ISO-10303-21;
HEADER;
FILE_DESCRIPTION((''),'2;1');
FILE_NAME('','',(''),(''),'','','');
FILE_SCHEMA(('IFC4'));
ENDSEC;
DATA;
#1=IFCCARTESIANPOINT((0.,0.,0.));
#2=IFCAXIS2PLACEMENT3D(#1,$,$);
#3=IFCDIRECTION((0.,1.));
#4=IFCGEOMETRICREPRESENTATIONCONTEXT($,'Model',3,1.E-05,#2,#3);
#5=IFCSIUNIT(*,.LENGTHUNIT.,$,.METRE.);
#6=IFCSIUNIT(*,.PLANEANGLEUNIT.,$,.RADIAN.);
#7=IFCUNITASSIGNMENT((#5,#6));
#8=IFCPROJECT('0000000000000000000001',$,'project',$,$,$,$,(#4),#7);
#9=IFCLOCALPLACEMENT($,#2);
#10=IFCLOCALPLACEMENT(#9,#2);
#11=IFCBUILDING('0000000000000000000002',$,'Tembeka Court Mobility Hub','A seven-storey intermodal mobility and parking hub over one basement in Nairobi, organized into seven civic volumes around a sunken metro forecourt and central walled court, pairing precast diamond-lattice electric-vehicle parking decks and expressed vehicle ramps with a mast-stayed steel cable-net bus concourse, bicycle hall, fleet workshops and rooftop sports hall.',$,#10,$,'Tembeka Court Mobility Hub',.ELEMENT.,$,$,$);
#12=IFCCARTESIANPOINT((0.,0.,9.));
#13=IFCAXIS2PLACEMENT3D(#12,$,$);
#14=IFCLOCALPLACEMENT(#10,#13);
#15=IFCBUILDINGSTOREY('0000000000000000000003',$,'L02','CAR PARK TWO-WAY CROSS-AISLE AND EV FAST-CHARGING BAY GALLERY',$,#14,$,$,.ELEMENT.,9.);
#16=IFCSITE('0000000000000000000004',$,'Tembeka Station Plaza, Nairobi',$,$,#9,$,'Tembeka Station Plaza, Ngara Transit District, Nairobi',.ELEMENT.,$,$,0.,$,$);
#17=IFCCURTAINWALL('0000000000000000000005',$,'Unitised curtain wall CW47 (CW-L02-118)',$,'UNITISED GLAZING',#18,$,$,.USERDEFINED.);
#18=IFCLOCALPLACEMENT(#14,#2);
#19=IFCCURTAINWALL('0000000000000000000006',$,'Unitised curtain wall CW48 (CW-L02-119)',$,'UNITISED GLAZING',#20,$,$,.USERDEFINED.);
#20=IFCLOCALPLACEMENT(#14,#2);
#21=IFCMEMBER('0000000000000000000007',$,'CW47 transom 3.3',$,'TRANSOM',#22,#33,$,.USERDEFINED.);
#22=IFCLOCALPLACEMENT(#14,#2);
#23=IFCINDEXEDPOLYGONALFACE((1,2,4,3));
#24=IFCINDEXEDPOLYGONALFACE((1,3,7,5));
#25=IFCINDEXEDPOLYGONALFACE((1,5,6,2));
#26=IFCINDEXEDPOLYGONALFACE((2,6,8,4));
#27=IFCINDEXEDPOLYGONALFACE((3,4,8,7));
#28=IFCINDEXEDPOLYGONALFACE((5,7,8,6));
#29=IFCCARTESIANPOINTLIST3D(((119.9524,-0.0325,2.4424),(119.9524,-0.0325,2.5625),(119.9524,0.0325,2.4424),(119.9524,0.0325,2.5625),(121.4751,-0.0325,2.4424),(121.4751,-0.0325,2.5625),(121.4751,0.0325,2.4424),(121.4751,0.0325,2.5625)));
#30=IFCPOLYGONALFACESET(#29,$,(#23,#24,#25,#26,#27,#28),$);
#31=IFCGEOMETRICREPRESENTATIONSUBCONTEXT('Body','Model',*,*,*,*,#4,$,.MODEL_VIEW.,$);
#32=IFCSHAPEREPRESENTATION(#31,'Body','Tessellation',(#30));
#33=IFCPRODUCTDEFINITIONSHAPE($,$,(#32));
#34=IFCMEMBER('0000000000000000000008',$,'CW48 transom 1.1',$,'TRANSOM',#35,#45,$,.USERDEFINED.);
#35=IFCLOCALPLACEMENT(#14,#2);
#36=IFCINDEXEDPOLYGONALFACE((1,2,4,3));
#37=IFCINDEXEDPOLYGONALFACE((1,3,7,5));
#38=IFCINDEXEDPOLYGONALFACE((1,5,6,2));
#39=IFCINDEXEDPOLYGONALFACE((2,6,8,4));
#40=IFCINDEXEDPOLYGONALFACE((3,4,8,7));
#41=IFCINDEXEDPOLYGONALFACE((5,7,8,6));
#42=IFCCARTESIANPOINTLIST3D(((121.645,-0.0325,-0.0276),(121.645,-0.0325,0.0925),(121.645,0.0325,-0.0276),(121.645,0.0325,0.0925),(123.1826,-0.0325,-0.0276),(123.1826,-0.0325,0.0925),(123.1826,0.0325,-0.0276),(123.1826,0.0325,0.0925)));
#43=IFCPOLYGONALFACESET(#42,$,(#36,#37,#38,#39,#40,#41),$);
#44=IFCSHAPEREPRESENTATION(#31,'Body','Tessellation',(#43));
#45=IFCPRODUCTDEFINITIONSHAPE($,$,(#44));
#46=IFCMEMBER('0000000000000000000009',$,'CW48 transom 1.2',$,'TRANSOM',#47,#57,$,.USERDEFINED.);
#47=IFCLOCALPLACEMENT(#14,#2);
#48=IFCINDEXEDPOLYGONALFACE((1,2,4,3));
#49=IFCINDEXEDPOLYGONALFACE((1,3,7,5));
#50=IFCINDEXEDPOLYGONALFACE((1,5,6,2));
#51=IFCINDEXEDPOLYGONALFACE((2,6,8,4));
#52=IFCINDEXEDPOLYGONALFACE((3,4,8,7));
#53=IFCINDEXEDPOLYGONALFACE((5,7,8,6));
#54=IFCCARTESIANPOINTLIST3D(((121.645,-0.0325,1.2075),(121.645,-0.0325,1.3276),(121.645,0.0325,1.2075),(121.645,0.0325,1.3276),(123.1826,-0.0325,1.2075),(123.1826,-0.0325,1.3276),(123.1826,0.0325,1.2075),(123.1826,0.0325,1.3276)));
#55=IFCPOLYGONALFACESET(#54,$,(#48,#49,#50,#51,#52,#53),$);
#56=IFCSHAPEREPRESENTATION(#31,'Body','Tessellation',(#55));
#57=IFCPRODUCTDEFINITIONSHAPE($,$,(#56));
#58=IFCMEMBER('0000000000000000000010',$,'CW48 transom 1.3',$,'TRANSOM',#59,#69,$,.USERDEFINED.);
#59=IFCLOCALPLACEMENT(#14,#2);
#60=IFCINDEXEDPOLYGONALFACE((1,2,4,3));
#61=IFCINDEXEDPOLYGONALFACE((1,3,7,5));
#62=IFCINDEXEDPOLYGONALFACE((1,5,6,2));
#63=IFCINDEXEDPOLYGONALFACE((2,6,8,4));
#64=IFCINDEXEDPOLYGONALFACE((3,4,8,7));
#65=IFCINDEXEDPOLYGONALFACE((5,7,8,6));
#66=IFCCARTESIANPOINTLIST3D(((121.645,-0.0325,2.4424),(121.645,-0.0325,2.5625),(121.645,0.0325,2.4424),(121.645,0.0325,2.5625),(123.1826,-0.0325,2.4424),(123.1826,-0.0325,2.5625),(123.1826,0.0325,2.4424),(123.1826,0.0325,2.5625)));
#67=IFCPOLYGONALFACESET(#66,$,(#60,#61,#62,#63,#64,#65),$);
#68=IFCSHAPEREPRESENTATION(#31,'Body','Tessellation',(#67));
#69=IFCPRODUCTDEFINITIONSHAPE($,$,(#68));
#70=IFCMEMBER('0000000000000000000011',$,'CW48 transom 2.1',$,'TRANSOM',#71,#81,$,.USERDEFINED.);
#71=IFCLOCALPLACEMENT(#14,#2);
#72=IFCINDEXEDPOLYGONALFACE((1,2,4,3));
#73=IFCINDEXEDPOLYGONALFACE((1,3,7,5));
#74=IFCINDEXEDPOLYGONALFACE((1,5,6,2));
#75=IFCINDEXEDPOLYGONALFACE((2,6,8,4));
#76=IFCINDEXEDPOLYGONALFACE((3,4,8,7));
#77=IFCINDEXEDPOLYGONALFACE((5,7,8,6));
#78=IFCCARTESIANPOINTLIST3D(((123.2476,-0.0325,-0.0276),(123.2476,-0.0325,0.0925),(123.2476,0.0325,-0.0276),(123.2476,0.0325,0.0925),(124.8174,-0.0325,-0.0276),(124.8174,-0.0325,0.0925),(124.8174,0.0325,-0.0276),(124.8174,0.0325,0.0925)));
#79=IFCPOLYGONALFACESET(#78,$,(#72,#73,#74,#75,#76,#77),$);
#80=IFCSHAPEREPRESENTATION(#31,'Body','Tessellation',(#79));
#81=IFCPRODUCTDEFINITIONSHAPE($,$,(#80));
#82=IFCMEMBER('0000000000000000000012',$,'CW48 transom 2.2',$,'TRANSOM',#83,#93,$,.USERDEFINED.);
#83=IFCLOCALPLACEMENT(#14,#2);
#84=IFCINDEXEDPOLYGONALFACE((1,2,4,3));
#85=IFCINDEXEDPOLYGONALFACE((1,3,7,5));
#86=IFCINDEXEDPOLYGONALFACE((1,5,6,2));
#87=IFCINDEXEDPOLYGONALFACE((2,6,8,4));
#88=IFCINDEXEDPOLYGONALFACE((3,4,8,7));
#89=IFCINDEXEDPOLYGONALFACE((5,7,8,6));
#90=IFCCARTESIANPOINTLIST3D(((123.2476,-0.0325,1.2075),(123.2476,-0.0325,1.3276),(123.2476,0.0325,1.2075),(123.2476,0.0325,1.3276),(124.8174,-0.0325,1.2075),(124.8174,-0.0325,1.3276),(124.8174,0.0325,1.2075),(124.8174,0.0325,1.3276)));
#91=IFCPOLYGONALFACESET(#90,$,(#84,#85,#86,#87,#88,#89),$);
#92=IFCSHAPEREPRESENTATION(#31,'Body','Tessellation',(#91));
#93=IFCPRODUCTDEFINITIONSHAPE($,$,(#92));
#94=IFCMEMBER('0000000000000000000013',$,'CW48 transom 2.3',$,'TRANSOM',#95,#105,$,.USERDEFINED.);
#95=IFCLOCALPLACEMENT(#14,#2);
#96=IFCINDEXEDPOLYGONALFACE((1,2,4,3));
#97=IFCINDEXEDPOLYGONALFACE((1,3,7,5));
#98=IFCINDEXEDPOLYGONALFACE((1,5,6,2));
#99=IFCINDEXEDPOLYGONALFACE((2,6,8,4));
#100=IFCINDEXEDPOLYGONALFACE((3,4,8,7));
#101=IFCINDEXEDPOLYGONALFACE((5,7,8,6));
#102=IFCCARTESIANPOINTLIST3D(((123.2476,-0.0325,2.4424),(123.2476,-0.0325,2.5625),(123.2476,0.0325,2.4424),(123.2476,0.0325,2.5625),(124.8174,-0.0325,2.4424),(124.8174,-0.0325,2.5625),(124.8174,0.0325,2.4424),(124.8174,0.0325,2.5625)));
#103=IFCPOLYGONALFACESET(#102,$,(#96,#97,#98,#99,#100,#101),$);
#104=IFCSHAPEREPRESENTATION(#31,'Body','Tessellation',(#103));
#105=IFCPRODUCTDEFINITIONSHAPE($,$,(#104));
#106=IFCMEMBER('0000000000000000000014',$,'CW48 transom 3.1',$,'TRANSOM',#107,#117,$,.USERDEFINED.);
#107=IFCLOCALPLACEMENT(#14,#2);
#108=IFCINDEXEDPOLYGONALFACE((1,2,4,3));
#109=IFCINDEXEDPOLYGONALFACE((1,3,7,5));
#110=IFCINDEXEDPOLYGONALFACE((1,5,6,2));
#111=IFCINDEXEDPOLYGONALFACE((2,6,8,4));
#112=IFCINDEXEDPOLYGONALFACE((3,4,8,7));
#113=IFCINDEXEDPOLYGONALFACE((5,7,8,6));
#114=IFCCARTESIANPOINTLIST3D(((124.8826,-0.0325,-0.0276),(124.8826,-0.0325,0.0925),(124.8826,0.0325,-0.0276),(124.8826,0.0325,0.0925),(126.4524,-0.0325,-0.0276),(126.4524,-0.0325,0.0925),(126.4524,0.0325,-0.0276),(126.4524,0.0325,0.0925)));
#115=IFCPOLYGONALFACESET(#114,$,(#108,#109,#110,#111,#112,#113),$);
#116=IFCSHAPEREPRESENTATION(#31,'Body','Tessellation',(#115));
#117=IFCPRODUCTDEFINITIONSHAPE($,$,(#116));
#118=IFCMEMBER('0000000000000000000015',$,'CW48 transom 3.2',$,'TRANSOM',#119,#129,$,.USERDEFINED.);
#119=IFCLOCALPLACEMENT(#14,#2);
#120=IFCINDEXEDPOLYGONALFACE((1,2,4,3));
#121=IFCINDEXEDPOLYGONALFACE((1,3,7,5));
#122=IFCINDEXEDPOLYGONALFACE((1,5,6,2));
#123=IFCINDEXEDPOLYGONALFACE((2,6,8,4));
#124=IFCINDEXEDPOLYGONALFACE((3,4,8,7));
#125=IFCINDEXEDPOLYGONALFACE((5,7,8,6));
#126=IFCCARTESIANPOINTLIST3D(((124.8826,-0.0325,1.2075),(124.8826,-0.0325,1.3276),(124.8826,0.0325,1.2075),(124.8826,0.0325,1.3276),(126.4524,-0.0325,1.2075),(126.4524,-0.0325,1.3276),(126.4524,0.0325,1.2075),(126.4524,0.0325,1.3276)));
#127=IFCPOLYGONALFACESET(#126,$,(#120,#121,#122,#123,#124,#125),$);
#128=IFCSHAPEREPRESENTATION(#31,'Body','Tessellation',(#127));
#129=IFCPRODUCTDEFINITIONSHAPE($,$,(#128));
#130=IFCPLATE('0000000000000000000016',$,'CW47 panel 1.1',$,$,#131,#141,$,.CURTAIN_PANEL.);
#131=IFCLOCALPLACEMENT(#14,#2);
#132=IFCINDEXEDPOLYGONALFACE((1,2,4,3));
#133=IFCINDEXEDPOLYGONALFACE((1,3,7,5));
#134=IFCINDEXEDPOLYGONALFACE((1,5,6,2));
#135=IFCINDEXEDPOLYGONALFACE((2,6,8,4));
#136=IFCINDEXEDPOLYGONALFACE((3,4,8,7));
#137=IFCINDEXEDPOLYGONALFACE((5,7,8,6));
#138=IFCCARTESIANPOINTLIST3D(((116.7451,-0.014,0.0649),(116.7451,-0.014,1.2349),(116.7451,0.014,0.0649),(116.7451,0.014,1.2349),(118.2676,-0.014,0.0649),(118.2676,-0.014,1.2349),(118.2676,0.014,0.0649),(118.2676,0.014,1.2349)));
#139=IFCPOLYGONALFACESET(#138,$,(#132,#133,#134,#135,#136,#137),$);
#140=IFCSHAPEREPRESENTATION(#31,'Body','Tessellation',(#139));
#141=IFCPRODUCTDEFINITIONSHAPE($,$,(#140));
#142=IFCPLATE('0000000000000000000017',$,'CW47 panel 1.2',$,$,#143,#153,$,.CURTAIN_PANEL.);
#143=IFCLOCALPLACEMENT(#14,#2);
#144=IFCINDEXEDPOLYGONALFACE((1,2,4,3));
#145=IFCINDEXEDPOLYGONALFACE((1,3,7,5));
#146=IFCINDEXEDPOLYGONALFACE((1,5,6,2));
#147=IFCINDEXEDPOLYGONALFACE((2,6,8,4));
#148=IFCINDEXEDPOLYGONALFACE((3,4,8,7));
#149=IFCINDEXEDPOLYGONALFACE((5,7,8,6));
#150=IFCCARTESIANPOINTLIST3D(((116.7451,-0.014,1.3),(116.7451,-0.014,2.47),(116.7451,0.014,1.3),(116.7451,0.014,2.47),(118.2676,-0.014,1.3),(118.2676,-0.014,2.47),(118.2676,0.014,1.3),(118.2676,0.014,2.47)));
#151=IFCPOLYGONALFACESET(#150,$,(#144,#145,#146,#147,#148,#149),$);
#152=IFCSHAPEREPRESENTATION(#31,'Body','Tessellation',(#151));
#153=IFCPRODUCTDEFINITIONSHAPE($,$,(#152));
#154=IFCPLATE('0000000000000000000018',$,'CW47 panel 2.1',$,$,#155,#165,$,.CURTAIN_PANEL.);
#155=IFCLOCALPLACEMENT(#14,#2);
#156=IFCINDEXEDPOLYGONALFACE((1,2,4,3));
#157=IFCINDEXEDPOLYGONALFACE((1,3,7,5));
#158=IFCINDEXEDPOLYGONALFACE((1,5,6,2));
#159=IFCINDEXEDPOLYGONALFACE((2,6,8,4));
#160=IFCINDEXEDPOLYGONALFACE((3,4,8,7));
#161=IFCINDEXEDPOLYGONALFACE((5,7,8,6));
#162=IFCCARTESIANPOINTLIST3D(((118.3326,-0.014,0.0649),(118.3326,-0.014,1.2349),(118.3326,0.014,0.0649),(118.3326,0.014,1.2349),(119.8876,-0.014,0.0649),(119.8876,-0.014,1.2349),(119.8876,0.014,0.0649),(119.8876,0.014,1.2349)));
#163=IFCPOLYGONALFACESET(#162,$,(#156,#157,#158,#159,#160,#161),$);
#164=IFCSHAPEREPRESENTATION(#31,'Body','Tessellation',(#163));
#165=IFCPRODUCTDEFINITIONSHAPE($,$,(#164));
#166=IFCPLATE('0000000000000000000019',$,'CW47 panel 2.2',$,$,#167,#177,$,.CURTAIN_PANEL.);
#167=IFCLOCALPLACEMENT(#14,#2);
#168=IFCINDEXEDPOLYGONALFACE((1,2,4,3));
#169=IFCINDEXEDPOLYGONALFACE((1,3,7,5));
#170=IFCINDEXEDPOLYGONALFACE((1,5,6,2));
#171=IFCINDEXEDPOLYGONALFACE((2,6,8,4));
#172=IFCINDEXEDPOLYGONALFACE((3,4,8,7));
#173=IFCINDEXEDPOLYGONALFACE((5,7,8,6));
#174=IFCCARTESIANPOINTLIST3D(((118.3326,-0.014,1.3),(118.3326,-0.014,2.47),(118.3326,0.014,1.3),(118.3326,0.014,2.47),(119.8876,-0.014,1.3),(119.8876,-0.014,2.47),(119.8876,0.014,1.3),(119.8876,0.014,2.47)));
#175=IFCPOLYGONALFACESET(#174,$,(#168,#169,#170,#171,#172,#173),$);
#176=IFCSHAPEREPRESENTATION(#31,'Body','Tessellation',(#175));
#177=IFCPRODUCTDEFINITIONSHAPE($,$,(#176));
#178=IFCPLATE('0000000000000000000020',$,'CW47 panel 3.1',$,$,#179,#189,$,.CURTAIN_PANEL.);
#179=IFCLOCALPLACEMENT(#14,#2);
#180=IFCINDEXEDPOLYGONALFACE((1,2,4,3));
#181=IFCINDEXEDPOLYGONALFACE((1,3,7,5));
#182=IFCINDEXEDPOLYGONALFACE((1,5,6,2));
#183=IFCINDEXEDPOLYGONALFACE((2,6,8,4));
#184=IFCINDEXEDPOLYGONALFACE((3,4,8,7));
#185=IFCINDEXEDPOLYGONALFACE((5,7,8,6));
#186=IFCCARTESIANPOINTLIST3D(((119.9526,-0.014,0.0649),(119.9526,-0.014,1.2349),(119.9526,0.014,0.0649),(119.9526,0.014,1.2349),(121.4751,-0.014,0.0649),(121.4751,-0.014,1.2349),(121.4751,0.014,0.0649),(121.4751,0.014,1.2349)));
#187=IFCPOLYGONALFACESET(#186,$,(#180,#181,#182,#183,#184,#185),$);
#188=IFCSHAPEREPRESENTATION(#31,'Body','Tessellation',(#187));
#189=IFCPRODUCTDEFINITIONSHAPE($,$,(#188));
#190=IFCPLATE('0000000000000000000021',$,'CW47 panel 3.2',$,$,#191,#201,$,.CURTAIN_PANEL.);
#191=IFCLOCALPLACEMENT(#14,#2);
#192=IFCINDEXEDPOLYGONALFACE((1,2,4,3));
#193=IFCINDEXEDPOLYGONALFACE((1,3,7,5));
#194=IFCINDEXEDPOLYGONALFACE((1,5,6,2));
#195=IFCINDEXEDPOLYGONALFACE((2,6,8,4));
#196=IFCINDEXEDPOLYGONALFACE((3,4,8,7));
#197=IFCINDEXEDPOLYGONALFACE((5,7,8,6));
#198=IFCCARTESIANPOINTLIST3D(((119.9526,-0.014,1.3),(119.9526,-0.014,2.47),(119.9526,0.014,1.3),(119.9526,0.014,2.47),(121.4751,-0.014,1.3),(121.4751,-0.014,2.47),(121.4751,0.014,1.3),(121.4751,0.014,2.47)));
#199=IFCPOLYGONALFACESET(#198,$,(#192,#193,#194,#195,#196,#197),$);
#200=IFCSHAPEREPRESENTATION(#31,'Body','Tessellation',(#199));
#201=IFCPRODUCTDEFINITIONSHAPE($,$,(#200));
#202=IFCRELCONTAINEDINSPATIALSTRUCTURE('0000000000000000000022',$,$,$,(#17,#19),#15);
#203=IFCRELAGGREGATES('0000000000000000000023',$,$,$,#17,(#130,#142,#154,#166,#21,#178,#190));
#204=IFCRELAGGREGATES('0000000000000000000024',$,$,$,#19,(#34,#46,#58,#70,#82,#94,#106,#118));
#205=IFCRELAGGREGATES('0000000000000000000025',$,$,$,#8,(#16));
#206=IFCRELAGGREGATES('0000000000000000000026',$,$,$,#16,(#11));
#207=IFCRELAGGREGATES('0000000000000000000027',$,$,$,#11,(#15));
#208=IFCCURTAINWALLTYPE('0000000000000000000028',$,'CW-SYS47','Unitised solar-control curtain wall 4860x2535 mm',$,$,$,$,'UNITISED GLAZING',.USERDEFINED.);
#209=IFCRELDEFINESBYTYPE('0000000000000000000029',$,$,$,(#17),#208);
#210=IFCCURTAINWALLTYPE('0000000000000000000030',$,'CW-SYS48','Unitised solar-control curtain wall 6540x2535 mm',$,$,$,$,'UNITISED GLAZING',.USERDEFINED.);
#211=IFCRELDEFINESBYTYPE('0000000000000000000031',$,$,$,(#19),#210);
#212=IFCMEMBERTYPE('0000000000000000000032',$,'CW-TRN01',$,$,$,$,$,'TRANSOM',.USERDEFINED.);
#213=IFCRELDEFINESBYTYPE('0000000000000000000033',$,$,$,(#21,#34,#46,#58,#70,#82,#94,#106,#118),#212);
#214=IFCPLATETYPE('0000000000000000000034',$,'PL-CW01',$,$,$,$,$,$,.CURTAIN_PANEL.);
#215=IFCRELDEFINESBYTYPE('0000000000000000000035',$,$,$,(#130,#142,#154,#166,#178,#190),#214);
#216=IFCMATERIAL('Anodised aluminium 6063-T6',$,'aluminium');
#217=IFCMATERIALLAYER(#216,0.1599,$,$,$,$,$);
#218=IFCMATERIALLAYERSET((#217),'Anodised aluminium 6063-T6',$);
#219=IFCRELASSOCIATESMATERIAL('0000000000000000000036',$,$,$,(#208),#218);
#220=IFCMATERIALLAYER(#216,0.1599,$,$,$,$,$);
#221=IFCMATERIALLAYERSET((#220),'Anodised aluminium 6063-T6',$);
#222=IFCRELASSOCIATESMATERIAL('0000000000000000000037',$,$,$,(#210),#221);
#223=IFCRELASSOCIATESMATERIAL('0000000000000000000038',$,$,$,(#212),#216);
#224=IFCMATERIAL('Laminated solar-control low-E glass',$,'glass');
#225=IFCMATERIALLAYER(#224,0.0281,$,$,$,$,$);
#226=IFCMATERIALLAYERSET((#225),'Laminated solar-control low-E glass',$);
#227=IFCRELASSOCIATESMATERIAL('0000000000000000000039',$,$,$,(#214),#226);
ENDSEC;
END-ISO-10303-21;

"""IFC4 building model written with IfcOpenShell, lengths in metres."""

from ifc_helpers import new_model, si_unit, direction, frame, origin, origin_2d, place, context, subcontext, project, spatial, rectangle, extrude, material, layer, layer_set, material_profile, profile_set, type_object, element, aggregate, save


model = new_model("IFC4")

# Units and contexts
model_context = context("Model", 3, precision=1e-05, world=origin(), true_north=direction((0.0, 1.0)))
body_context = subcontext(model_context, "Body", "Model", "MODEL_VIEW")
ifc_project = project(units=[si_unit("LENGTHUNIT", "METRE"), si_unit("PLANEANGLEUNIT", "RADIAN")], contexts=[model_context])

# Site, building, storey
site_placement = place(None, origin())
site = spatial("IfcSite", under=ifc_project, at=site_placement, Name="Tembeka Station Plaza, Nairobi", LongName="Tembeka Station Plaza, Ngara Transit District, Nairobi", CompositionType="ELEMENT", RefElevation=0.0)
building_placement = place(site_placement, origin())
building = spatial("IfcBuilding", under=site, at=building_placement, Name="Tembeka Court Mobility Hub", Description="A seven-storey intermodal mobility and parking hub over one basement in Nairobi, organized into seven civic volumes around a sunken metro forecourt and central walled court, pairing precast diamond-lattice electric-vehicle parking decks and expressed vehicle ramps with a mast-stayed steel cable-net bus concourse, bicycle hall, fleet workshops and rooftop sports hall.", LongName="Tembeka Court Mobility Hub", CompositionType="ELEMENT")
storey_placement = place(building_placement, frame((0.0, 0.0, 9.0)))
storey = spatial("IfcBuildingStorey", under=building, at=storey_placement, Name="L02", Description="CAR PARK TWO-WAY CROSS-AISLE AND EV FAST-CHARGING BAY GALLERY", CompositionType="ELEMENT", Elevation=9.0)

# Curtain walls
ifc_material_1 = material(Name="Anodised aluminium 6063-T6", Category="aluminium")
ifc_layer_1 = layer(ifc_material_1, 0.1599)
ifc_layer_set_1 = layer_set([ifc_layer_1], Name="Anodised aluminium 6063-T6")
curtain_wall_type_1 = type_object("IfcCurtainWallType", Name="CW-SYS47", Description="Unitised solar-control curtain wall 4860x2535 mm", ElementType="UNITISED GLAZING", PredefinedType="USERDEFINED", material=ifc_layer_set_1)
curtain_wall_1_placement = place(storey_placement, origin())
curtain_wall_1 = element("IfcCurtainWall", 1, at=curtain_wall_1_placement, inside=storey, type_object=curtain_wall_type_1, Name="Unitised curtain wall CW47 (CW-L02-118)", ObjectType="UNITISED GLAZING", PredefinedType="USERDEFINED")
ifc_layer_2 = layer(ifc_material_1, 0.1599)
ifc_layer_set_2 = layer_set([ifc_layer_2], Name="Anodised aluminium 6063-T6")
curtain_wall_type_2 = type_object("IfcCurtainWallType", Name="CW-SYS48", Description="Unitised solar-control curtain wall 6540x2535 mm", ElementType="UNITISED GLAZING", PredefinedType="USERDEFINED", material=ifc_layer_set_2)
curtain_wall_2_placement = place(storey_placement, origin())
curtain_wall_2 = element("IfcCurtainWall", 2, at=curtain_wall_2_placement, inside=storey, type_object=curtain_wall_type_2, Name="Unitised curtain wall CW48 (CW-L02-119)", ObjectType="UNITISED GLAZING", PredefinedType="USERDEFINED")

# Members
ifc_material_profile_1 = material_profile(ifc_material_1, rectangle(XDim=0.0649, YDim=0.1201, at=origin_2d()), Name="ALU-TRN 65x120")
ifc_profile_set_1 = profile_set([ifc_material_profile_1], Name="Anodised aluminium 6063-T6")
member_type_1 = type_object("IfcMemberType", Name="CW-TRN01", ElementType="TRANSOM", PredefinedType="USERDEFINED", material=ifc_profile_set_1)
member_1_placement = place(storey_placement, frame((119.9524, 0.0, 2.5024), z_axis=(1.0, 0.0, 0.0), x_axis=(0.0, 1.0, 0.0)))
member_1 = element("IfcMember", 3, at=member_1_placement, type_object=member_type_1, Name="CW47 transom 3.3", ObjectType="TRANSOM", PredefinedType="USERDEFINED", context=body_context, shape_type="SweptSolid", body=[
    extrude(rectangle(XDim=0.0649, YDim=0.1201, at=origin_2d()), origin(), (0.0, 0.0, 1.0), 1.5227),
])
member_2_placement = place(storey_placement, frame((121.645, 0.0, 0.0325), z_axis=(1.0, 0.0, 0.0), x_axis=(0.0, 1.0, 0.0)))
member_2 = element("IfcMember", 4, at=member_2_placement, type_object=member_type_1, Name="CW48 transom 1.1", ObjectType="TRANSOM", PredefinedType="USERDEFINED", context=body_context, shape_type="SweptSolid", body=[
    extrude(rectangle(XDim=0.0649, YDim=0.1201, at=origin_2d()), origin(), (0.0, 0.0, 1.0), 1.5376),
])
member_3_placement = place(storey_placement, frame((121.645, 0.0, 1.2676), z_axis=(1.0, 0.0, 0.0), x_axis=(0.0, 1.0, 0.0)))
member_3 = element("IfcMember", 5, at=member_3_placement, type_object=member_type_1, Name="CW48 transom 1.2", ObjectType="TRANSOM", PredefinedType="USERDEFINED", context=body_context, shape_type="SweptSolid", body=[
    extrude(rectangle(XDim=0.0649, YDim=0.1201, at=origin_2d()), origin(), (0.0, 0.0, 1.0), 1.5376),
])
member_4_placement = place(storey_placement, frame((121.645, 0.0, 2.5024), z_axis=(1.0, 0.0, 0.0), x_axis=(0.0, 1.0, 0.0)))
member_4 = element("IfcMember", 6, at=member_4_placement, type_object=member_type_1, Name="CW48 transom 1.3", ObjectType="TRANSOM", PredefinedType="USERDEFINED", context=body_context, shape_type="SweptSolid", body=[
    extrude(rectangle(XDim=0.0649, YDim=0.1201, at=origin_2d()), origin(), (0.0, 0.0, 1.0), 1.5376),
])
member_5_placement = place(storey_placement, frame((123.2476, 0.0, 0.0325), z_axis=(1.0, 0.0, 0.0), x_axis=(0.0, 1.0, 0.0)))
member_5 = element("IfcMember", 7, at=member_5_placement, type_object=member_type_1, Name="CW48 transom 2.1", ObjectType="TRANSOM", PredefinedType="USERDEFINED", context=body_context, shape_type="SweptSolid", body=[
    extrude(rectangle(XDim=0.0649, YDim=0.1201, at=origin_2d()), origin(), (0.0, 0.0, 1.0), 1.5698),
])
member_6_placement = place(storey_placement, frame((123.2476, 0.0, 1.2676), z_axis=(1.0, 0.0, 0.0), x_axis=(0.0, 1.0, 0.0)))
member_6 = element("IfcMember", 8, at=member_6_placement, type_object=member_type_1, Name="CW48 transom 2.2", ObjectType="TRANSOM", PredefinedType="USERDEFINED", context=body_context, shape_type="SweptSolid", body=[
    extrude(rectangle(XDim=0.0649, YDim=0.1201, at=origin_2d()), origin(), (0.0, 0.0, 1.0), 1.5698),
])
member_7_placement = place(storey_placement, frame((123.2476, 0.0, 2.5024), z_axis=(1.0, 0.0, 0.0), x_axis=(0.0, 1.0, 0.0)))
member_7 = element("IfcMember", 9, at=member_7_placement, type_object=member_type_1, Name="CW48 transom 2.3", ObjectType="TRANSOM", PredefinedType="USERDEFINED", context=body_context, shape_type="SweptSolid", body=[
    extrude(rectangle(XDim=0.0649, YDim=0.1201, at=origin_2d()), origin(), (0.0, 0.0, 1.0), 1.5698),
])
member_8_placement = place(storey_placement, frame((124.8826, 0.0, 0.0325), z_axis=(1.0, 0.0, 0.0), x_axis=(0.0, 1.0, 0.0)))
member_8 = element("IfcMember", 10, at=member_8_placement, type_object=member_type_1, Name="CW48 transom 3.1", ObjectType="TRANSOM", PredefinedType="USERDEFINED", context=body_context, shape_type="SweptSolid", body=[
    extrude(rectangle(XDim=0.0649, YDim=0.1201, at=origin_2d()), origin(), (0.0, 0.0, 1.0), 1.5698),
])
member_9_placement = place(storey_placement, frame((124.8826, 0.0, 1.2676), z_axis=(1.0, 0.0, 0.0), x_axis=(0.0, 1.0, 0.0)))
member_9 = element("IfcMember", 11, at=member_9_placement, type_object=member_type_1, Name="CW48 transom 3.2", ObjectType="TRANSOM", PredefinedType="USERDEFINED", context=body_context, shape_type="SweptSolid", body=[
    extrude(rectangle(XDim=0.0649, YDim=0.1201, at=origin_2d()), origin(), (0.0, 0.0, 1.0), 1.5698),
])

# Plates
ifc_material_2 = material(Name="Laminated solar-control low-E glass", Category="glass")
ifc_layer_3 = layer(ifc_material_2, 0.0281)
ifc_layer_set_3 = layer_set([ifc_layer_3], Name="Laminated solar-control low-E glass")
plate_type = type_object("IfcPlateType", Name="PL-CW01", PredefinedType="CURTAIN_PANEL", material=ifc_layer_set_3)
plate_1_placement = place(storey_placement, frame((117.5063, 0.0, 0.0649), z_axis=(0.0, 0.0, 1.0), x_axis=(1.0, 0.0, 0.0)))
plate_1 = element("IfcPlate", 12, at=plate_1_placement, type_object=plate_type, Name="CW47 panel 1.1", PredefinedType="CURTAIN_PANEL", context=body_context, shape_type="SweptSolid", body=[
    extrude(rectangle(XDim=1.5225, YDim=0.0281, at=origin_2d()), origin(), (0.0, 0.0, 1.0), 1.1699),
])
plate_2_placement = place(storey_placement, frame((117.5063, 0.0, 1.3), z_axis=(0.0, 0.0, 1.0), x_axis=(1.0, 0.0, 0.0)))
plate_2 = element("IfcPlate", 13, at=plate_2_placement, type_object=plate_type, Name="CW47 panel 1.2", PredefinedType="CURTAIN_PANEL", context=body_context, shape_type="SweptSolid", body=[
    extrude(rectangle(XDim=1.5225, YDim=0.0281, at=origin_2d()), origin(), (0.0, 0.0, 1.0), 1.1699),
])
plate_3_placement = place(storey_placement, frame((119.1101, 0.0, 0.0649), z_axis=(0.0, 0.0, 1.0), x_axis=(1.0, 0.0, 0.0)))
plate_3 = element("IfcPlate", 14, at=plate_3_placement, type_object=plate_type, Name="CW47 panel 2.1", PredefinedType="CURTAIN_PANEL", context=body_context, shape_type="SweptSolid", body=[
    extrude(rectangle(XDim=1.5549, YDim=0.0281, at=origin_2d()), origin(), (0.0, 0.0, 1.0), 1.1699),
])
plate_4_placement = place(storey_placement, frame((119.1101, 0.0, 1.3), z_axis=(0.0, 0.0, 1.0), x_axis=(1.0, 0.0, 0.0)))
plate_4 = element("IfcPlate", 15, at=plate_4_placement, type_object=plate_type, Name="CW47 panel 2.2", PredefinedType="CURTAIN_PANEL", context=body_context, shape_type="SweptSolid", body=[
    extrude(rectangle(XDim=1.5549, YDim=0.0281, at=origin_2d()), origin(), (0.0, 0.0, 1.0), 1.1699),
])
plate_5_placement = place(storey_placement, frame((120.7139, 0.0, 0.0649), z_axis=(0.0, 0.0, 1.0), x_axis=(1.0, 0.0, 0.0)))
plate_5 = element("IfcPlate", 16, at=plate_5_placement, type_object=plate_type, Name="CW47 panel 3.1", PredefinedType="CURTAIN_PANEL", context=body_context, shape_type="SweptSolid", body=[
    extrude(rectangle(XDim=1.5225, YDim=0.0281, at=origin_2d()), origin(), (0.0, 0.0, 1.0), 1.1699),
])
plate_6_placement = place(storey_placement, frame((120.7139, 0.0, 1.3), z_axis=(0.0, 0.0, 1.0), x_axis=(1.0, 0.0, 0.0)))
plate_6 = element("IfcPlate", 17, at=plate_6_placement, type_object=plate_type, Name="CW47 panel 3.2", PredefinedType="CURTAIN_PANEL", context=body_context, shape_type="SweptSolid", body=[
    extrude(rectangle(XDim=1.5225, YDim=0.0281, at=origin_2d()), origin(), (0.0, 0.0, 1.0), 1.1699),
])
aggregate(curtain_wall_1, [plate_1, plate_2, plate_3, plate_4, member_1, plate_5, plate_6])
aggregate(curtain_wall_2, [member_2, member_3, member_4, member_5, member_6, member_7, member_8, member_9])

save(model, "model.ifc")
